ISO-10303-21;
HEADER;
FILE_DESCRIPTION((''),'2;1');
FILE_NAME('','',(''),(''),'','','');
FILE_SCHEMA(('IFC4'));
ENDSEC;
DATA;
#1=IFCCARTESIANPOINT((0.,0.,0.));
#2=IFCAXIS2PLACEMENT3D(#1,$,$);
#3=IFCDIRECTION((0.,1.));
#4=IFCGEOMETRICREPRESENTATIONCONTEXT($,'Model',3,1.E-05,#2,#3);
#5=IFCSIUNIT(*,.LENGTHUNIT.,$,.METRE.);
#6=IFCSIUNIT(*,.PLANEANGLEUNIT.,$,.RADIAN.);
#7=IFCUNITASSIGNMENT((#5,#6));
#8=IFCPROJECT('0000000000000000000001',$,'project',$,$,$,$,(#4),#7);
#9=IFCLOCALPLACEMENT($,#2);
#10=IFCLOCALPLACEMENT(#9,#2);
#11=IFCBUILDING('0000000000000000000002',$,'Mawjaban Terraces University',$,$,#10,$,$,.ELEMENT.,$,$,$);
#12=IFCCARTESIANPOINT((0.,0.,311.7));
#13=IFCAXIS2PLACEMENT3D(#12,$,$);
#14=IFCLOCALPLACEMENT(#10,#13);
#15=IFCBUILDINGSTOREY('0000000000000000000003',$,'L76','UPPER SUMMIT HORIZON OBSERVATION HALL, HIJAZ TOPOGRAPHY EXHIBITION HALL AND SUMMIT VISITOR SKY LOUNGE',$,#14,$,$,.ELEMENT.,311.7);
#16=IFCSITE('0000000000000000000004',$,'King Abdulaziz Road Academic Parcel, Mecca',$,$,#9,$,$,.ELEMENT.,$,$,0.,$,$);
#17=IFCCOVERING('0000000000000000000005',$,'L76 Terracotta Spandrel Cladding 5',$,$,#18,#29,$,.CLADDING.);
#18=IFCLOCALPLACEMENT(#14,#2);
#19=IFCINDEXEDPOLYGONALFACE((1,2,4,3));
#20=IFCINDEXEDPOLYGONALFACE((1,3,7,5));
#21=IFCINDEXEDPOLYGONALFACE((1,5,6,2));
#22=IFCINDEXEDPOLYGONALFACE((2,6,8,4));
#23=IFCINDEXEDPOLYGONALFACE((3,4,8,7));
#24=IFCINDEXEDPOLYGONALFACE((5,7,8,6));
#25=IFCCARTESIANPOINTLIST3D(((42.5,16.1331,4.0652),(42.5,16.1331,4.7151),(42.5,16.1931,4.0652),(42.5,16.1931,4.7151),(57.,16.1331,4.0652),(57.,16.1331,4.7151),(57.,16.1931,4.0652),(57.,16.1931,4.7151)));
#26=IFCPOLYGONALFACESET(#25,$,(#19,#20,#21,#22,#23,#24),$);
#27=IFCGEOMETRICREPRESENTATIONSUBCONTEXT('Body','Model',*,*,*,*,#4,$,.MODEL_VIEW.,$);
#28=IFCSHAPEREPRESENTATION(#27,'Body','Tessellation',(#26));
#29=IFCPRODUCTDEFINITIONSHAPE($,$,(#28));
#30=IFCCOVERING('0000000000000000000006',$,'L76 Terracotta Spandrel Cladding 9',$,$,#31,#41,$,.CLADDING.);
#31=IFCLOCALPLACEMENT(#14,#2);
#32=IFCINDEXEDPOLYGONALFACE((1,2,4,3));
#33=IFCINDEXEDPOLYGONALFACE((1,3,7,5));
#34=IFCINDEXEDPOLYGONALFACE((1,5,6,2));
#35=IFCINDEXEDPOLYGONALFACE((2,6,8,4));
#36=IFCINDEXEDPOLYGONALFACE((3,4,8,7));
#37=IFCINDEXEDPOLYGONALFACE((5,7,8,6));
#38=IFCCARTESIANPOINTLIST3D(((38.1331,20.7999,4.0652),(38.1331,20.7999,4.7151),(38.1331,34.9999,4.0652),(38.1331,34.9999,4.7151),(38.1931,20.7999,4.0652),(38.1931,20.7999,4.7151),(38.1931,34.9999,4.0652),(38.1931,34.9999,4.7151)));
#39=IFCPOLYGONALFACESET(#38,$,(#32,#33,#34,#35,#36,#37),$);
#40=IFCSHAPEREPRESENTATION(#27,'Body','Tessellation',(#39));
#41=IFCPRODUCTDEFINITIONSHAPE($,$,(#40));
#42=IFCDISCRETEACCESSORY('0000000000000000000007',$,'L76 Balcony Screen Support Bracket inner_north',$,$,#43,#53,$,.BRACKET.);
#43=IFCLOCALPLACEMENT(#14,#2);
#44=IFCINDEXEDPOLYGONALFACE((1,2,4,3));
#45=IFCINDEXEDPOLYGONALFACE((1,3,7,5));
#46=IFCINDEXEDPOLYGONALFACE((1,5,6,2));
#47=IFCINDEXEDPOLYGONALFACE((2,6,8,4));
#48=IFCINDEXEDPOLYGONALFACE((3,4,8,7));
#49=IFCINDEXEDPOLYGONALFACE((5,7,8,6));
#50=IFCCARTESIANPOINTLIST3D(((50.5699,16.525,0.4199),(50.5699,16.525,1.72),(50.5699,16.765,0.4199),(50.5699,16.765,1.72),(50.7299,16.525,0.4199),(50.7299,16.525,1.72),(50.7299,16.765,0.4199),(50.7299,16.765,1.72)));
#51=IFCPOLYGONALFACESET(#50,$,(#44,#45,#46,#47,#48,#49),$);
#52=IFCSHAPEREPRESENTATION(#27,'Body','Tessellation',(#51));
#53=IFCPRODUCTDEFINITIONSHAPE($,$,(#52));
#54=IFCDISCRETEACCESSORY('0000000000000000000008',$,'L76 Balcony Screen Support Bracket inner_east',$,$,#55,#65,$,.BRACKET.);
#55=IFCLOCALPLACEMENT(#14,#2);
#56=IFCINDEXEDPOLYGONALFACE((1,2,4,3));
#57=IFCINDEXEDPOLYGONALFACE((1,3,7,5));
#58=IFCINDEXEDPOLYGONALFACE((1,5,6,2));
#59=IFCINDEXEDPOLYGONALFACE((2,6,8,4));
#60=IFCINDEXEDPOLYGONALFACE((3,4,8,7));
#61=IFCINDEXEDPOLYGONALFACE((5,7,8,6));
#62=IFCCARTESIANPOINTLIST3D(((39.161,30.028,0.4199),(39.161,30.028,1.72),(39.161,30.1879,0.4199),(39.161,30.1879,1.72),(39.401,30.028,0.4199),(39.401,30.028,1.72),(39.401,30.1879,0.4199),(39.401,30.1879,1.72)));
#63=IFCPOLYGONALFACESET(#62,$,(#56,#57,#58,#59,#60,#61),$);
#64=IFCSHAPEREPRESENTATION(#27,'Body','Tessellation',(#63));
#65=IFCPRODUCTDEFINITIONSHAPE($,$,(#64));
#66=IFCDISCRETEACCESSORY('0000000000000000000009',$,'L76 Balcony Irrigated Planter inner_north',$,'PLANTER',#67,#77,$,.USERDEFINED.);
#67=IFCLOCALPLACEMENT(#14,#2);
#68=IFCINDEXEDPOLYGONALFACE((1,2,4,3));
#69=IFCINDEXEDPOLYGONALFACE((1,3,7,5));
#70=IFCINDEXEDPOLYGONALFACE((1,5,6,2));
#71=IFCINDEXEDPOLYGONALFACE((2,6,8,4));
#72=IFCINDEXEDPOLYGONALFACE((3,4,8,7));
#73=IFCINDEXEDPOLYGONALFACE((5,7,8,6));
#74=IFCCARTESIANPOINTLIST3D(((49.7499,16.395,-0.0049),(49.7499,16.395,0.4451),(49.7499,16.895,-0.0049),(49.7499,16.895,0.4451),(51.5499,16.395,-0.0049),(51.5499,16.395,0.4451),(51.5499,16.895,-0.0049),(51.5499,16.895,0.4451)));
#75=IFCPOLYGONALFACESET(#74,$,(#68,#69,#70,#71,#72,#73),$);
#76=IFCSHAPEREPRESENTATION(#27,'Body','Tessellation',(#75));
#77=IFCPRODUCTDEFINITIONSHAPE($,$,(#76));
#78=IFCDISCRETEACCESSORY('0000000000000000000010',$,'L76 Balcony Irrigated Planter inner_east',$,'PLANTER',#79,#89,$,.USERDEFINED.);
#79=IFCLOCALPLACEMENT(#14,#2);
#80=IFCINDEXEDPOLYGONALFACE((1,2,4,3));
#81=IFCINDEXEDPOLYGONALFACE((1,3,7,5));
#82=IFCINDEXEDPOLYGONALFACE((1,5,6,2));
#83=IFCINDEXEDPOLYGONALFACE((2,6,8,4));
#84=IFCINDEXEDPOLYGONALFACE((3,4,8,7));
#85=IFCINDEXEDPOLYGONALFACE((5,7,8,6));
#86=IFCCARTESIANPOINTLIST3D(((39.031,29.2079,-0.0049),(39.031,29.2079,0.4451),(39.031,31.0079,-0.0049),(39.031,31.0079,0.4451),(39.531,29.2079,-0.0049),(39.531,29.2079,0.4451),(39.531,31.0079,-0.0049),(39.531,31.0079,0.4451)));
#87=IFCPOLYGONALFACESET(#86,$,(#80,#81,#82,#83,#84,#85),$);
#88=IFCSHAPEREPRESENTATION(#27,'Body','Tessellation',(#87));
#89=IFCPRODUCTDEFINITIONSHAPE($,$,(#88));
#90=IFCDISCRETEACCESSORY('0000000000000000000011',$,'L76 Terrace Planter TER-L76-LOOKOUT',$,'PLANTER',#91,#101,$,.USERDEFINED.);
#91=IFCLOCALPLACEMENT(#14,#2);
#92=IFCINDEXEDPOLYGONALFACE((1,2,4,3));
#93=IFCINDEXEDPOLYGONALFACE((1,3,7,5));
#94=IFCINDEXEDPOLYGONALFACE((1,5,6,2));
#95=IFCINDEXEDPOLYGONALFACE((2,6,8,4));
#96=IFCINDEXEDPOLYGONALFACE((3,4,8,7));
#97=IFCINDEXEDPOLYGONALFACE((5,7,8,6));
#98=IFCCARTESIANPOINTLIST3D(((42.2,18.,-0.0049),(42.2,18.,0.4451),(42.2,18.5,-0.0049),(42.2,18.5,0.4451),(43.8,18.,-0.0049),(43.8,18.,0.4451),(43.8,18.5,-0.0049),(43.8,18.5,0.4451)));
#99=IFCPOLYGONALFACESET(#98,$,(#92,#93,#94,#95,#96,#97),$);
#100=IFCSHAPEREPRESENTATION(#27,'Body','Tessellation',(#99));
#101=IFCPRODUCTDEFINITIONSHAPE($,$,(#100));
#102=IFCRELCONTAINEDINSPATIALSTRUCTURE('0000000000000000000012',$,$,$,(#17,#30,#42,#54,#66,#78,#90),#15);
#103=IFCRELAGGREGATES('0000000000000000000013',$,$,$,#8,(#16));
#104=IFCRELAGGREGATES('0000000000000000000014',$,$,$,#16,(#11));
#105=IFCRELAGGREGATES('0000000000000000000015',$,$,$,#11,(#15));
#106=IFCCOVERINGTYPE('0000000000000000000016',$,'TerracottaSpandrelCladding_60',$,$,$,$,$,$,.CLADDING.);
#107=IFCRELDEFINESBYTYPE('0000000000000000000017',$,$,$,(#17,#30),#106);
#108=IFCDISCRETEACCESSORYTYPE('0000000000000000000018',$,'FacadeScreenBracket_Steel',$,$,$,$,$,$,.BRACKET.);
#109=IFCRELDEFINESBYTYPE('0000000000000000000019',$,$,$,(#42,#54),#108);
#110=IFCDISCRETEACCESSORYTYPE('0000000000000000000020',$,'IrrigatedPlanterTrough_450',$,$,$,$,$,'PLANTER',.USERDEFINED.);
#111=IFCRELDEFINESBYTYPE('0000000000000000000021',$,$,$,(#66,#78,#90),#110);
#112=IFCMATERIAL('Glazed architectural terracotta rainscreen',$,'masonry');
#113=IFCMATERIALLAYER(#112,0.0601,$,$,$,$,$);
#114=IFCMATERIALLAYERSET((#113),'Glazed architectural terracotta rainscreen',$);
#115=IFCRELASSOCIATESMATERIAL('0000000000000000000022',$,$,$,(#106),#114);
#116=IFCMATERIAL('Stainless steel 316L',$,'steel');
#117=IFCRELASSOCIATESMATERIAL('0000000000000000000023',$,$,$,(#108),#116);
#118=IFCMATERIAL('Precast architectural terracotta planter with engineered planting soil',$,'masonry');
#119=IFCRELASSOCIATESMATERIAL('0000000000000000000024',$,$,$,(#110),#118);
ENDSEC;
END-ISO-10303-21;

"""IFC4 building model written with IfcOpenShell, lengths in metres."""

from ifc_helpers import new_model, si_unit, direction, frame, origin, origin_2d, place, context, subcontext, project, spatial, rectangle, extrude, material, layer, layer_set, type_object, element, save


model = new_model("IFC4")

# Units and contexts
model_context = context("Model", 3, precision=1e-05, world=origin(), true_north=direction((0.0, 1.0)))
body_context = subcontext(model_context, "Body", "Model", "MODEL_VIEW")
ifc_project = project(units=[si_unit("LENGTHUNIT", "METRE"), si_unit("PLANEANGLEUNIT", "RADIAN")], contexts=[model_context])

# Site, building, storey
site_placement = place(None, origin())
site = spatial("IfcSite", under=ifc_project, at=site_placement, Name="King Abdulaziz Road Academic Parcel, Mecca", CompositionType="ELEMENT", RefElevation=0.0)
building_placement = place(site_placement, origin())
building = spatial("IfcBuilding", under=site, at=building_placement, Name="Mawjaban Terraces University", CompositionType="ELEMENT")
storey_placement = place(building_placement, frame((0.0, 0.0, 311.7)))
storey = spatial("IfcBuildingStorey", under=building, at=storey_placement, Name="L76", Description="UPPER SUMMIT HORIZON OBSERVATION HALL, HIJAZ TOPOGRAPHY EXHIBITION HALL AND SUMMIT VISITOR SKY LOUNGE", CompositionType="ELEMENT", Elevation=311.7)

# Coverings
ifc_material_1 = material(Name="Glazed architectural terracotta rainscreen", Category="masonry")
ifc_layer_1 = layer(ifc_material_1, 0.0601)
ifc_layer_set_1 = layer_set([ifc_layer_1], Name="Glazed architectural terracotta rainscreen")
covering_type = type_object("IfcCoveringType", Name="TerracottaSpandrelCladding_60", PredefinedType="CLADDING", material=ifc_layer_set_1)
covering_1_placement = place(storey_placement, frame((49.75, 16.1631, 4.0652), z_axis=(0.0, 0.0, 1.0), x_axis=(-1.0, 0.0, 0.0)))
element("IfcCovering", 1, at=covering_1_placement, inside=storey, type_object=covering_type, Name="L76 Terracotta Spandrel Cladding 5", PredefinedType="CLADDING", context=body_context, shape_type="SweptSolid", body=[
    extrude(rectangle(XDim=14.5, YDim=0.0601, at=origin_2d()), origin(), (0.0, 0.0, 1.0), 0.6499),
])
covering_2_placement = place(storey_placement, frame((38.1631, 27.8999, 4.0652), z_axis=(0.0, 0.0, 1.0), x_axis=(0.0, 1.0, 0.0)))
element("IfcCovering", 2, at=covering_2_placement, inside=storey, type_object=covering_type, Name="L76 Terracotta Spandrel Cladding 9", PredefinedType="CLADDING", context=body_context, shape_type="SweptSolid", body=[
    extrude(rectangle(XDim=14.2, YDim=0.0601, at=origin_2d()), origin(), (0.0, 0.0, 1.0), 0.6499),
])

# Discrete accessories
ifc_material_2 = material(Name="Stainless steel 316L", Category="steel")
discrete_accessory_type_1 = type_object("IfcDiscreteAccessoryType", Name="FacadeScreenBracket_Steel", PredefinedType="BRACKET", material=ifc_material_2)
for number, where, z_axis, x_axis, name in (
    (3, (50.6499, 16.645, 0.4199), (0.0, 0.0, 1.0), (1.0, 0.0, 0.0), "L76 Balcony Screen Support Bracket inner_north"),
    (4, (39.281, 30.1079, 0.4199), (0.0, 0.0, 1.0), (0.0, 1.0, 0.0), "L76 Balcony Screen Support Bracket inner_east"),
):
    element("IfcDiscreteAccessory", number, at=place(storey_placement, frame(where, z_axis=z_axis, x_axis=x_axis)), inside=storey, type_object=discrete_accessory_type_1, Name=name, PredefinedType="BRACKET", context=body_context, shape_type="SweptSolid", body=[
        extrude(rectangle(XDim=0.1599, YDim=0.24, at=origin_2d()), origin(), (0.0, 0.0, 1.0), 1.3),
    ])
ifc_material_3 = material(Name="Precast architectural terracotta planter with engineered planting soil", Category="masonry")
discrete_accessory_type_2 = type_object("IfcDiscreteAccessoryType", Name="IrrigatedPlanterTrough_450", ElementType="PLANTER", PredefinedType="USERDEFINED", material=ifc_material_3)
for number, where, z_axis, x_axis, name in (
    (5, (50.6499, 16.645, -0.0049), (0.0, 0.0, 1.0), (1.0, 0.0, 0.0), "L76 Balcony Irrigated Planter inner_north"),
    (6, (39.281, 30.1079, -0.0049), (0.0, 0.0, 1.0), (0.0, 1.0, 0.0), "L76 Balcony Irrigated Planter inner_east"),
):
    element("IfcDiscreteAccessory", number, at=place(storey_placement, frame(where, z_axis=z_axis, x_axis=x_axis)), inside=storey, type_object=discrete_accessory_type_2, Name=name, ObjectType="PLANTER", PredefinedType="USERDEFINED", context=body_context, shape_type="SweptSolid", body=[
        extrude(rectangle(XDim=1.8, YDim=0.5, at=origin_2d()), origin(), (0.0, 0.0, 1.0), 0.45),
    ])
discrete_accessory_placement = place(storey_placement, frame((43.0, 18.25, -0.0049), z_axis=(0.0, 0.0, 1.0), x_axis=(1.0, 0.0, 0.0)))
element("IfcDiscreteAccessory", 7, at=discrete_accessory_placement, inside=storey, type_object=discrete_accessory_type_2, Name="L76 Terrace Planter TER-L76-LOOKOUT", ObjectType="PLANTER", PredefinedType="USERDEFINED", context=body_context, shape_type="SweptSolid", body=[
    extrude(rectangle(XDim=1.6001, YDim=0.5, at=origin_2d()), origin(), (0.0, 0.0, 1.0), 0.45),
])

save(model, "model.ifc")
